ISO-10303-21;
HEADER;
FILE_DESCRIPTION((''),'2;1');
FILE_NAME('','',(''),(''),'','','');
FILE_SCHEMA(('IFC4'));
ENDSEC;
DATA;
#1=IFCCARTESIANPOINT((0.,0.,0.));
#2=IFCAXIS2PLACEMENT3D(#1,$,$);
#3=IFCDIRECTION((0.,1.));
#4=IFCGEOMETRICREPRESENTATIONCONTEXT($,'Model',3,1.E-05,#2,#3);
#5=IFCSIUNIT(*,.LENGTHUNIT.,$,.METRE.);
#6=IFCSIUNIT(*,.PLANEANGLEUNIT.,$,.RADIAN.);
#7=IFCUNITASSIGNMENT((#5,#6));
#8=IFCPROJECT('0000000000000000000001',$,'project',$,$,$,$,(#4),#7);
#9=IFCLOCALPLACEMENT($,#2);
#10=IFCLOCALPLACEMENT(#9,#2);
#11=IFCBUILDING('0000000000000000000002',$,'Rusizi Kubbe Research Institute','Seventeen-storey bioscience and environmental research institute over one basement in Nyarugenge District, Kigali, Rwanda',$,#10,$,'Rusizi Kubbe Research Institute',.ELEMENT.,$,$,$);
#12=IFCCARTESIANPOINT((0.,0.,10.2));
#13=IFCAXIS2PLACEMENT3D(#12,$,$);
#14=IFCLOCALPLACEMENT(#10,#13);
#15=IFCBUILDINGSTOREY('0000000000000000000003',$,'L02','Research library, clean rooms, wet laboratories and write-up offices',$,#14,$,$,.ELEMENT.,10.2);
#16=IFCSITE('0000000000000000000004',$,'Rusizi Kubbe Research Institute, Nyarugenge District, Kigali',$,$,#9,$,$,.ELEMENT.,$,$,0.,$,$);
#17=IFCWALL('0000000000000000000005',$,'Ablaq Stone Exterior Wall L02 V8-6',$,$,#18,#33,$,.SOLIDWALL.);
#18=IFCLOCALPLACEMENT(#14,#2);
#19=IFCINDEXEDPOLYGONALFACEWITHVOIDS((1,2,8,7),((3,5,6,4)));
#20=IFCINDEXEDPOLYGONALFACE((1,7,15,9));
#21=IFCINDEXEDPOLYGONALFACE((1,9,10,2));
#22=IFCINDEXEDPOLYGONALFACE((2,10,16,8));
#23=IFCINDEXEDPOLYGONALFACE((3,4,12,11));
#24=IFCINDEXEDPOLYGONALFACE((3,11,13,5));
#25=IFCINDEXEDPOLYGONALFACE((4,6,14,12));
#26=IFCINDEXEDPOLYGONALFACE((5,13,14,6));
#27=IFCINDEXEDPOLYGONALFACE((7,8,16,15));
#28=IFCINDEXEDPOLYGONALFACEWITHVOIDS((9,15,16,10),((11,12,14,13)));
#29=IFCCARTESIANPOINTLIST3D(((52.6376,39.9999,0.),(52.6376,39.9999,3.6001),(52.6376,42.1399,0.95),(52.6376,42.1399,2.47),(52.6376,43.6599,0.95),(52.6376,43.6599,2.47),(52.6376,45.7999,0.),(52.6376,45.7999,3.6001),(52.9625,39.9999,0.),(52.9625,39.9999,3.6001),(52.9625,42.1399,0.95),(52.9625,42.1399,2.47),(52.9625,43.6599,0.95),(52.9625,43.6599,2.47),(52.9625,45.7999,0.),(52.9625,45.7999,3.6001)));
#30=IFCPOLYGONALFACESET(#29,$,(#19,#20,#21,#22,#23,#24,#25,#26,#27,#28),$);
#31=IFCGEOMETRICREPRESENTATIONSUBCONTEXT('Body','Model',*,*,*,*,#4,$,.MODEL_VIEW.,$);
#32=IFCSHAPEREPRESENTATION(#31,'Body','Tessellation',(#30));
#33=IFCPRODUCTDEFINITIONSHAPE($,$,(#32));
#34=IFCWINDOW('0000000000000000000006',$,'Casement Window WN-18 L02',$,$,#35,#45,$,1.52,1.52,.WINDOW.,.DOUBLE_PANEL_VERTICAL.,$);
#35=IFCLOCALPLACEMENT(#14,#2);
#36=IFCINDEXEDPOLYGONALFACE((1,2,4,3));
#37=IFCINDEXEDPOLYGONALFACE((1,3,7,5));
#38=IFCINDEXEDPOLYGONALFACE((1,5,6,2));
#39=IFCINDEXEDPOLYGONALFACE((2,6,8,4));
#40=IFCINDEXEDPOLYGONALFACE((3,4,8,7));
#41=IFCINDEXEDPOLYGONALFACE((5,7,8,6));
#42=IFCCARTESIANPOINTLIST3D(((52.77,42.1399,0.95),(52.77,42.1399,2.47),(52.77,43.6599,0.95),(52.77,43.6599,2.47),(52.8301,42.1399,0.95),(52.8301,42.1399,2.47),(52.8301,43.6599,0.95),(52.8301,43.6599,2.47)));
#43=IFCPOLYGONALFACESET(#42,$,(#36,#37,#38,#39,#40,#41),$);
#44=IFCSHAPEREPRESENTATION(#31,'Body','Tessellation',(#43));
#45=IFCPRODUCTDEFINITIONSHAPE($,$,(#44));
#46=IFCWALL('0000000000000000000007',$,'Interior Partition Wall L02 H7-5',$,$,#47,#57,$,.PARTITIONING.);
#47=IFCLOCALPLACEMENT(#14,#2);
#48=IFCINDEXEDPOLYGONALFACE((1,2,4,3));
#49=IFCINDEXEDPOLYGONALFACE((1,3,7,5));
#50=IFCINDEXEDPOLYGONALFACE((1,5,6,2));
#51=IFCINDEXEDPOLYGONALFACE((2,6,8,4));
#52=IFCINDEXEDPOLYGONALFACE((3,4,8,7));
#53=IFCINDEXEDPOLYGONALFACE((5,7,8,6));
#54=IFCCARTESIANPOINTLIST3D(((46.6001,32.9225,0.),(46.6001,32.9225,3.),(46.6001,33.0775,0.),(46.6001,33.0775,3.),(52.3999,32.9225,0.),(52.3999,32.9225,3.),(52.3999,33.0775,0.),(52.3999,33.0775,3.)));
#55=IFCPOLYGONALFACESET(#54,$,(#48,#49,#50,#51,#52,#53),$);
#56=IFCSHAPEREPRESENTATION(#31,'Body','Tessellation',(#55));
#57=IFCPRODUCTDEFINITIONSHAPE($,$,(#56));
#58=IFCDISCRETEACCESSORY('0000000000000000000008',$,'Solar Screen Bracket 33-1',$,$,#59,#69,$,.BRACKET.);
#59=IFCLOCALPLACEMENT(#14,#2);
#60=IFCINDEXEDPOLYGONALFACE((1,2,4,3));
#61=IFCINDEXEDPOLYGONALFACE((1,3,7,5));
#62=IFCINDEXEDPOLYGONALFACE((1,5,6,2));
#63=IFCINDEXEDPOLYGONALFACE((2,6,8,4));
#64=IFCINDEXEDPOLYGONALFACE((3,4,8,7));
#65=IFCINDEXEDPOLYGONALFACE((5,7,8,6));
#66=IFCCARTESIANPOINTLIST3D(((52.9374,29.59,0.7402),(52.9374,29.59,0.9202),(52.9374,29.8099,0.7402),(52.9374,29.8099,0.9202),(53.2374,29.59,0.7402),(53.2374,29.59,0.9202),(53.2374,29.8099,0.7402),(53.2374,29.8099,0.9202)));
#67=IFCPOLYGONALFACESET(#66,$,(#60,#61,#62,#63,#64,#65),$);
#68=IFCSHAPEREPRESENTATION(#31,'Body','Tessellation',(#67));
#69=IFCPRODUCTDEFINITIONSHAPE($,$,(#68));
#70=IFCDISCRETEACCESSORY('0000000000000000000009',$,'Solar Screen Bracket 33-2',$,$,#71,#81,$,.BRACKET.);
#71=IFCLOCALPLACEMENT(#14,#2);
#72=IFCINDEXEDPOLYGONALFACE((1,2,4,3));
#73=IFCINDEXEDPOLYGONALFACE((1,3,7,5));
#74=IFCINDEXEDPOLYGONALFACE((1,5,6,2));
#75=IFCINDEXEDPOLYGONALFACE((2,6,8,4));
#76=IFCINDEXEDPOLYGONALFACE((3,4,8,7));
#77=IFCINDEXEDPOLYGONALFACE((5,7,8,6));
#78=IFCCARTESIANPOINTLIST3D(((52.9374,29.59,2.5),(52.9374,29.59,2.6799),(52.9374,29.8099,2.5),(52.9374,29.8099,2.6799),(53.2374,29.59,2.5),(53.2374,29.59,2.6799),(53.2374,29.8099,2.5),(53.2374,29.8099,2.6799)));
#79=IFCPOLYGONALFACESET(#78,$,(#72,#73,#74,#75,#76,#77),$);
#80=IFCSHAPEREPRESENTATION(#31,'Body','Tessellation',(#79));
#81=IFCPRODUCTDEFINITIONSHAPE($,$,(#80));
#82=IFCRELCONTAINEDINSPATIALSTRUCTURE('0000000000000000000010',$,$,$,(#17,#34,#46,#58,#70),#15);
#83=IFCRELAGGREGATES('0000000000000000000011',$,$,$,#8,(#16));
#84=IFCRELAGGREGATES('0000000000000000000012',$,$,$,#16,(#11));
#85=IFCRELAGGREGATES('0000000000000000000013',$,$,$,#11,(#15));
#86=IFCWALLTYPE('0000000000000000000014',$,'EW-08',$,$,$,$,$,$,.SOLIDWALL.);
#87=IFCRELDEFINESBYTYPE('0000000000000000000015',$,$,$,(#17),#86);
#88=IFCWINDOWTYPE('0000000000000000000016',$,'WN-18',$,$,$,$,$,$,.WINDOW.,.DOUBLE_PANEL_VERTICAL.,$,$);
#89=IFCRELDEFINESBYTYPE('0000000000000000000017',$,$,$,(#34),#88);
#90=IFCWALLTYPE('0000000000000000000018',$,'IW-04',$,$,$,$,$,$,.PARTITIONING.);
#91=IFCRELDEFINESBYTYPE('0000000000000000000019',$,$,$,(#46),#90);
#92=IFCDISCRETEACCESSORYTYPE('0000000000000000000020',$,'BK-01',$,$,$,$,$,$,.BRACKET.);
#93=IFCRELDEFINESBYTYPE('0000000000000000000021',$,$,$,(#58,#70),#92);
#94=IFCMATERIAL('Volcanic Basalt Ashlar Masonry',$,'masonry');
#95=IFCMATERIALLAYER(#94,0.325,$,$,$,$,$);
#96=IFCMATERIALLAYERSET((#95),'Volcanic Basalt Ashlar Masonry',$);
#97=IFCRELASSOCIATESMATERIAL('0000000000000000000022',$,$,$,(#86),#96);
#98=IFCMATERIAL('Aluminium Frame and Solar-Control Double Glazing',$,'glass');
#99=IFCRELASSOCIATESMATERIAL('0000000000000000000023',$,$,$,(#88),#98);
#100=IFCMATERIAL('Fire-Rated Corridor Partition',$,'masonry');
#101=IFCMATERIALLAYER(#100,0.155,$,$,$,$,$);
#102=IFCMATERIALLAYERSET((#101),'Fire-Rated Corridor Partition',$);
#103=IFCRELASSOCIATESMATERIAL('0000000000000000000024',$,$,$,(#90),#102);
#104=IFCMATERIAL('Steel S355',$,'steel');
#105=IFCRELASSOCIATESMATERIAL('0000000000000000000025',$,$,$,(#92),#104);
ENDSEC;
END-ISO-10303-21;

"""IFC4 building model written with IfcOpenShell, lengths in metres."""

from ifc_helpers import new_model, si_unit, direction, frame, frame_2d, origin, origin_2d, place, context, subcontext, project, spatial, rectangle, extrude, material, layer, layer_set, type_object, element, fill, save


model = new_model("IFC4")

# Units and contexts
model_context = context("Model", 3, precision=1e-05, world=origin(), true_north=direction((0.0, 1.0)))
body_context = subcontext(model_context, "Body", "Model", "MODEL_VIEW")
ifc_project = project(units=[si_unit("LENGTHUNIT", "METRE"), si_unit("PLANEANGLEUNIT", "RADIAN")], contexts=[model_context])

# Site, building, storey
site_placement = place(None, origin())
site = spatial("IfcSite", under=ifc_project, at=site_placement, Name="Rusizi Kubbe Research Institute, Nyarugenge District, Kigali", CompositionType="ELEMENT", RefElevation=0.0)
building_placement = place(site_placement, origin())
building = spatial("IfcBuilding", under=site, at=building_placement, Name="Rusizi Kubbe Research Institute", Description="Seventeen-storey bioscience and environmental research institute over one basement in Nyarugenge District, Kigali, Rwanda", LongName="Rusizi Kubbe Research Institute", CompositionType="ELEMENT")
storey_placement = place(building_placement, frame((0.0, 0.0, 10.2)))
storey = spatial("IfcBuildingStorey", under=building, at=storey_placement, Name="L02", Description="Research library, clean rooms, wet laboratories and write-up offices", CompositionType="ELEMENT", Elevation=10.2)

# Wall, opening, window
ifc_material_1 = material(Name="Volcanic Basalt Ashlar Masonry", Category="masonry")
ifc_layer_1 = layer(ifc_material_1, 0.325)
ifc_layer_set_1 = layer_set([ifc_layer_1], Name="Volcanic Basalt Ashlar Masonry")
wall_type_1 = type_object("IfcWallType", Name="EW-08", PredefinedType="SOLIDWALL", material=ifc_layer_set_1)
wall_1_placement = place(storey_placement, frame((52.8, 40.0, 0.0), z_axis=(0.0, 0.0, 1.0), x_axis=(0.0, 1.0, 0.0)))
wall_1 = element("IfcWall", 1, at=wall_1_placement, inside=storey, type_object=wall_type_1, Name="Ablaq Stone Exterior Wall L02 V8-6", PredefinedType="SOLIDWALL", context=body_context, shape_type="SweptSolid", body=[
    extrude(rectangle(XDim=5.8, YDim=0.325, at=frame_2d((2.8999, 0.0))), origin(), (0.0, 0.0, 1.0), 3.6001),
])
opening_placement = place(wall_1_placement, frame((2.1399, 0.0, 0.95)))
opening = element("IfcOpeningElement", 2, at=opening_placement, cuts=wall_1, PredefinedType="OPENING", context=body_context, shape_type="SweptSolid", body=[
    extrude(rectangle(XDim=1.52, YDim=1.52, at=frame_2d((0.76, 0.76))), frame((0.0, 0.1724, 0.0), z_axis=(0.0, -1.0, 0.0), x_axis=(1.0, 0.0, 0.0)), (0.0, 0.0, 1.0), 0.345),
])
ifc_material_2 = material(Name="Aluminium Frame and Solar-Control Double Glazing", Category="glass")
window_type = type_object("IfcWindowType", Name="WN-18", PartitioningType="DOUBLE_PANEL_VERTICAL", PredefinedType="WINDOW", material=ifc_material_2)
window_placement = place(opening_placement, origin())
window = element("IfcWindow", 3, at=window_placement, inside=storey, type_object=window_type, Name="Casement Window WN-18 L02", OverallHeight=1.52, OverallWidth=1.52, PartitioningType="DOUBLE_PANEL_VERTICAL", PredefinedType="WINDOW", context=body_context, shape_type="SweptSolid", body=[
    extrude(rectangle(XDim=1.52, YDim=1.52, at=frame_2d((0.76, 0.76))), frame((0.0, 0.03, 0.0), z_axis=(0.0, -1.0, 0.0), x_axis=(1.0, 0.0, 0.0)), (0.0, 0.0, 1.0), 0.0601),
])
fill(opening, window)

# Wall
ifc_material_3 = material(Name="Fire-Rated Corridor Partition", Category="masonry")
ifc_layer_2 = layer(ifc_material_3, 0.155)
ifc_layer_set_2 = layer_set([ifc_layer_2], Name="Fire-Rated Corridor Partition")
wall_type_2 = type_object("IfcWallType", Name="IW-04", PredefinedType="PARTITIONING", material=ifc_layer_set_2)
wall_2_placement = place(storey_placement, frame((46.6001, 33.0, 0.0), z_axis=(0.0, 0.0, 1.0), x_axis=(1.0, 0.0, 0.0)))
element("IfcWall", 4, at=wall_2_placement, inside=storey, type_object=wall_type_2, Name="Interior Partition Wall L02 H7-5", PredefinedType="PARTITIONING", context=body_context, shape_type="SweptSolid", body=[
    extrude(rectangle(XDim=5.7998, YDim=0.155, at=frame_2d((2.8999, 0.0))), origin(), (0.0, 0.0, 1.0), 3.0),
])

# Discrete accessories
ifc_material_4 = material(Name="Steel S355", Category="steel")
discrete_accessory_type = type_object("IfcDiscreteAccessoryType", Name="BK-01", PredefinedType="BRACKET", material=ifc_material_4)
for number, where, z_axis, x_axis, name in (
    (5, (53.0874, 29.7, 0.7402), (0.0, 0.0, 1.0), (1.0, 0.0, 0.0), "Solar Screen Bracket 33-1"),
    (6, (53.0874, 29.7, 2.5), (0.0, 0.0, 1.0), (1.0, 0.0, 0.0), "Solar Screen Bracket 33-2"),
):
    element("IfcDiscreteAccessory", number, at=place(storey_placement, frame(where, z_axis=z_axis, x_axis=x_axis)), inside=storey, type_object=discrete_accessory_type, Name=name, PredefinedType="BRACKET", context=body_context, shape_type="SweptSolid", body=[
        extrude(rectangle(XDim=0.3, YDim=0.22, at=origin_2d()), origin(), (0.0, 0.0, 1.0), 0.1799),
    ])

save(model, "model.ifc")
